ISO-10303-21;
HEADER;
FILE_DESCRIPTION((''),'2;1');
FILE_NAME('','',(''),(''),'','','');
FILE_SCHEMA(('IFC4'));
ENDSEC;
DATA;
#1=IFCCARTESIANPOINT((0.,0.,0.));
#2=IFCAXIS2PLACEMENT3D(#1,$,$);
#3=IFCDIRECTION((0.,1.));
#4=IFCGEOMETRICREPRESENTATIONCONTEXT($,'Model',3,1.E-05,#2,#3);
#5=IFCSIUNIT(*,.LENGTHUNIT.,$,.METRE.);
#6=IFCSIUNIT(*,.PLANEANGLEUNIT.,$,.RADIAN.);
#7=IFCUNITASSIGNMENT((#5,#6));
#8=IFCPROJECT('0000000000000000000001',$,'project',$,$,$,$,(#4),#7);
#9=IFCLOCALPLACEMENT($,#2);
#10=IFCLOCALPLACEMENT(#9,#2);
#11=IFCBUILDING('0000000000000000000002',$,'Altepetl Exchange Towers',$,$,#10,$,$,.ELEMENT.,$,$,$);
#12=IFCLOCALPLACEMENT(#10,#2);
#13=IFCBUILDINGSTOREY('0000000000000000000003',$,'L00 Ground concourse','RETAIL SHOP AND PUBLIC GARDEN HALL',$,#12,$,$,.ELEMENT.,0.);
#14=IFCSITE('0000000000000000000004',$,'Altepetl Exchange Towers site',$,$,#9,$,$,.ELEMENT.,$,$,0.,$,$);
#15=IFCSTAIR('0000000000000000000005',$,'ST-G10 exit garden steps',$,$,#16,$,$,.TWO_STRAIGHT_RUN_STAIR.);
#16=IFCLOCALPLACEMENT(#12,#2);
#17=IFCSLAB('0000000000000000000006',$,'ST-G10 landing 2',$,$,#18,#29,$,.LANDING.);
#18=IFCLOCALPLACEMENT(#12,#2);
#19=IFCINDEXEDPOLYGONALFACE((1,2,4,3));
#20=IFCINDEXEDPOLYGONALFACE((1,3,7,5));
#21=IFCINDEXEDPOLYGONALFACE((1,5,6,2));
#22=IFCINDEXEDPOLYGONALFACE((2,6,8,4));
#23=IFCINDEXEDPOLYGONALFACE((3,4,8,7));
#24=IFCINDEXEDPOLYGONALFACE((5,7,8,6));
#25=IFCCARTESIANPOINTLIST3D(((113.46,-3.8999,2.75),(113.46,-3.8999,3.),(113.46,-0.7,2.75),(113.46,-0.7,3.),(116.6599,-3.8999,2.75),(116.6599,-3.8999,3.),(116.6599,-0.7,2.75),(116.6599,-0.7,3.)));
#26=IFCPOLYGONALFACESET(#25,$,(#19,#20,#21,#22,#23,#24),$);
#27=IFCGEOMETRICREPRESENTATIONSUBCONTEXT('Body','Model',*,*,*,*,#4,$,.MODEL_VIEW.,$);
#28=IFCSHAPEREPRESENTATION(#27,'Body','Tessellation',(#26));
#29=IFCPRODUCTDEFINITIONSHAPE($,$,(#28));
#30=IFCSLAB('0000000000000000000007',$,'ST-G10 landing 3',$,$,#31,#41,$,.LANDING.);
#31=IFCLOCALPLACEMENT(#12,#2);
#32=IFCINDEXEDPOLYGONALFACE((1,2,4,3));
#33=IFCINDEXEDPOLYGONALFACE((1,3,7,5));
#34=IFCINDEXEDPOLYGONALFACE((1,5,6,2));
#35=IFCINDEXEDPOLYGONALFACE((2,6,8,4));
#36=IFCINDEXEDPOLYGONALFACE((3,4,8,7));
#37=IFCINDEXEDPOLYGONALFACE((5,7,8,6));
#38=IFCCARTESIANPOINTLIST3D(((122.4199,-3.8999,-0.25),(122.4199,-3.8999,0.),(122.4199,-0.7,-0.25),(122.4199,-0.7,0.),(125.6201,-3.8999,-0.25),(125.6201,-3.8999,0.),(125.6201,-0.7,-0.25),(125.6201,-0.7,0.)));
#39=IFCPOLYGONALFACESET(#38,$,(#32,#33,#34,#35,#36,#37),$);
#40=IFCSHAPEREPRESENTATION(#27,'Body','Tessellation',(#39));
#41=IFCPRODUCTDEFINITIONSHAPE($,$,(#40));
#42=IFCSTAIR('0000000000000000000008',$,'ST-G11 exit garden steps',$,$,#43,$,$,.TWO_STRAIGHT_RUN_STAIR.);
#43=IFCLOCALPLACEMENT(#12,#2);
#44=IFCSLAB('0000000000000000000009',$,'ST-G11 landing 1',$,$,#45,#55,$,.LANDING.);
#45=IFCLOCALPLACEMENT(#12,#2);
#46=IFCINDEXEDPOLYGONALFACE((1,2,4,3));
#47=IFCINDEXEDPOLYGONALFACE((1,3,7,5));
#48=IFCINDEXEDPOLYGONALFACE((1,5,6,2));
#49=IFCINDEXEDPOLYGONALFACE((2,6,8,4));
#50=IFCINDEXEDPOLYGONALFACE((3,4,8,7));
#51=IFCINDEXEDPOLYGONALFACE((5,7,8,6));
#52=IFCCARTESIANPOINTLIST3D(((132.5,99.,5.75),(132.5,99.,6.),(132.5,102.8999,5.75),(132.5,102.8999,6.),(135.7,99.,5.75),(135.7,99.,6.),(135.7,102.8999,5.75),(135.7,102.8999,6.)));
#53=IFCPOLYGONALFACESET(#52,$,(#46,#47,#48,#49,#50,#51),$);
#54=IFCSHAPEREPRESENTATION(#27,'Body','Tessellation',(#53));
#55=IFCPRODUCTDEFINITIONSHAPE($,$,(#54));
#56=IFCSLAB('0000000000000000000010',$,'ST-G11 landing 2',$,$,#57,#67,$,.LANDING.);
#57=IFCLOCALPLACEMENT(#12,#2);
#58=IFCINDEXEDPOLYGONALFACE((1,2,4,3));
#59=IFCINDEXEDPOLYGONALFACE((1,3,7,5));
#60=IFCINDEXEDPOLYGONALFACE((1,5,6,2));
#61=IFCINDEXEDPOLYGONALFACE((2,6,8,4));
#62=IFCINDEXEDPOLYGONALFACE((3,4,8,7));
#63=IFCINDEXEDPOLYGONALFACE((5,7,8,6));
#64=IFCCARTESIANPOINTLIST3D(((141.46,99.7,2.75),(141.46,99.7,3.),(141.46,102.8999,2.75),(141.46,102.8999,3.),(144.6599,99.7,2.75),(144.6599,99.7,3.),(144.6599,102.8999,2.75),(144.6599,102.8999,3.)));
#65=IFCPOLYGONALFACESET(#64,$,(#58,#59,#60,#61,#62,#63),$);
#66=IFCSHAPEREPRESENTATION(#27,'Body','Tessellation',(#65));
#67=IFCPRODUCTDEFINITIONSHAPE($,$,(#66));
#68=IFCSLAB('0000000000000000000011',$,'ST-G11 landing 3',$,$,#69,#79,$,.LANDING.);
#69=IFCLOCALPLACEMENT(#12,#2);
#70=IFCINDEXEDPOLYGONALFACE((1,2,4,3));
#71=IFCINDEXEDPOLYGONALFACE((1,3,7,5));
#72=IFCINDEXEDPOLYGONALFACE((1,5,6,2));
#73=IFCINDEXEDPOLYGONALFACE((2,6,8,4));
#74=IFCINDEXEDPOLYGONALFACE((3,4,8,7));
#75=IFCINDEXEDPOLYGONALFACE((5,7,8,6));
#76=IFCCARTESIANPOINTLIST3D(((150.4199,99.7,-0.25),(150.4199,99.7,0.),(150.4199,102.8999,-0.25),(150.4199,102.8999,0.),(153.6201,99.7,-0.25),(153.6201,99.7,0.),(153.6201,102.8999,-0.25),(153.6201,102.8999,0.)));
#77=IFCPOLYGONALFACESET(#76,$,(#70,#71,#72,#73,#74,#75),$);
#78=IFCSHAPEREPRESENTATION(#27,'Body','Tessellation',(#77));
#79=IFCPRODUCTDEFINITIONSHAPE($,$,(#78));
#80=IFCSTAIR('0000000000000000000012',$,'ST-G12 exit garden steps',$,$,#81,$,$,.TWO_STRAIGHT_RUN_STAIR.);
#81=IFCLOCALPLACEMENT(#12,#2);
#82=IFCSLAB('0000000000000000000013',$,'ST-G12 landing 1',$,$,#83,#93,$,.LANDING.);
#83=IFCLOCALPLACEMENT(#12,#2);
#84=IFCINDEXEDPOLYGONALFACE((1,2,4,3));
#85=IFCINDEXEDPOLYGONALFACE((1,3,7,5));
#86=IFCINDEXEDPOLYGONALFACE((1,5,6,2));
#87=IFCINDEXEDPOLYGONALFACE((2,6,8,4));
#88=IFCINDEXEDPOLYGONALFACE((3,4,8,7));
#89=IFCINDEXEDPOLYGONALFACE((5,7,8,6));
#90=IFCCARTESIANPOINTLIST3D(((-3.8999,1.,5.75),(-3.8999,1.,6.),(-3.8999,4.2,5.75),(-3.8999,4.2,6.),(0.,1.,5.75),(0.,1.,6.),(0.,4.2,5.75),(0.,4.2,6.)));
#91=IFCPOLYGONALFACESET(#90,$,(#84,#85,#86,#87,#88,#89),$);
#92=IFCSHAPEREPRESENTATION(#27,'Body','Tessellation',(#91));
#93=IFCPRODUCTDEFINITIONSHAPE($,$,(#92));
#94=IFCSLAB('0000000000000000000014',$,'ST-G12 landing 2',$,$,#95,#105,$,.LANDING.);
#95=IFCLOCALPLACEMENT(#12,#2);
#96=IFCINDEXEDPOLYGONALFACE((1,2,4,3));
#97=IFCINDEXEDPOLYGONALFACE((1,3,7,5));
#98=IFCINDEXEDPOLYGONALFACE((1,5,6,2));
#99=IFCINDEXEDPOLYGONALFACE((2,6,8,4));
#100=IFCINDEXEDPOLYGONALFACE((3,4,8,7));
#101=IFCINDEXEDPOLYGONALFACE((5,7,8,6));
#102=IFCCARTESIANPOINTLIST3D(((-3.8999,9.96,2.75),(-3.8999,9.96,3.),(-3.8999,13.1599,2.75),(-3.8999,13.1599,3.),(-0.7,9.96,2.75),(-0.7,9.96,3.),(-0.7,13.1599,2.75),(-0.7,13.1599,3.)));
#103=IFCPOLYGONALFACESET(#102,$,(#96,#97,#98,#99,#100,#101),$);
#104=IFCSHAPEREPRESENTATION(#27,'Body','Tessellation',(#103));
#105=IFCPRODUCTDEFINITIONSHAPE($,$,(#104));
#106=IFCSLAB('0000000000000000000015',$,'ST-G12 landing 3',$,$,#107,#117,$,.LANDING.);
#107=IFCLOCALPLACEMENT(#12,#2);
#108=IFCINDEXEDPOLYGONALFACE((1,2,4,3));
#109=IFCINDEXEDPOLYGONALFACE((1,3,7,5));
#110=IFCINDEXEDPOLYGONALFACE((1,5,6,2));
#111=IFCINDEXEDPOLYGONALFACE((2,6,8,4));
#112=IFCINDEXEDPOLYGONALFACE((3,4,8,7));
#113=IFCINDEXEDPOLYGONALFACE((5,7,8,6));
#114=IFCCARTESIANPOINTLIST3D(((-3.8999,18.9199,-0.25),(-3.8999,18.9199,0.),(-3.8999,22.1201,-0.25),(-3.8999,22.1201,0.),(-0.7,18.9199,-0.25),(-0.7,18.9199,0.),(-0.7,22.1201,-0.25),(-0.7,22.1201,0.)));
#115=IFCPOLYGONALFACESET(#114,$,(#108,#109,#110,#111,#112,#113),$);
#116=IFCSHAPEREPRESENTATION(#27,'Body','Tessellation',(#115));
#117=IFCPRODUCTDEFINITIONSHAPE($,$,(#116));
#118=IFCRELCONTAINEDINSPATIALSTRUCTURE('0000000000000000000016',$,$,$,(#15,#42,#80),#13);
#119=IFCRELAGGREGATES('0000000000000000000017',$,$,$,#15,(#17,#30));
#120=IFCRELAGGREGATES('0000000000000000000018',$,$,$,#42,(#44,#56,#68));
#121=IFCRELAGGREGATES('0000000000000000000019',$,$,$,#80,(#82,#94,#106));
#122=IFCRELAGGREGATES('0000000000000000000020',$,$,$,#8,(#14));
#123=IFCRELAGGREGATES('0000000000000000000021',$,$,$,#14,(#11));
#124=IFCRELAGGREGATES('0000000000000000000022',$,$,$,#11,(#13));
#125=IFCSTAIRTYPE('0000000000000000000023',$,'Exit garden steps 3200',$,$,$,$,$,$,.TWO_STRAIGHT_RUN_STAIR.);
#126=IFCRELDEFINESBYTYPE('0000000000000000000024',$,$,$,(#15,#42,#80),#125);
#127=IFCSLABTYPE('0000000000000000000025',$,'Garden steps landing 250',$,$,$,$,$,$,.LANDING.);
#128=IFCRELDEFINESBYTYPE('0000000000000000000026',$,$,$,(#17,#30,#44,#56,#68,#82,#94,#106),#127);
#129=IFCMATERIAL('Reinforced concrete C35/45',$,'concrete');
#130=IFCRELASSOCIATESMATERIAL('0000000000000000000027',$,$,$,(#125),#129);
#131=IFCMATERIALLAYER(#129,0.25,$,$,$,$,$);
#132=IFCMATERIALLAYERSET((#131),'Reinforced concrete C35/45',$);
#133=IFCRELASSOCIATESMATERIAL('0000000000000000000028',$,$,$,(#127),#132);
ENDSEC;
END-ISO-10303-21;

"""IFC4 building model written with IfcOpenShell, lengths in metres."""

from ifc_helpers import new_model, si_unit, direction, frame, origin, place, context, subcontext, project, spatial, polyline, outline, extrude, material, layer, layer_set, type_object, element, aggregate, save


model = new_model("IFC4")

# Units and contexts
model_context = context("Model", 3, precision=1e-05, world=origin(), true_north=direction((0.0, 1.0)))
body_context = subcontext(model_context, "Body", "Model", "MODEL_VIEW")
ifc_project = project(units=[si_unit("LENGTHUNIT", "METRE"), si_unit("PLANEANGLEUNIT", "RADIAN")], contexts=[model_context])

# Site, building, storey
site_placement = place(None, origin())
site = spatial("IfcSite", under=ifc_project, at=site_placement, Name="Altepetl Exchange Towers site", CompositionType="ELEMENT", RefElevation=0.0)
building_placement = place(site_placement, origin())
building = spatial("IfcBuilding", under=site, at=building_placement, Name="Altepetl Exchange Towers", CompositionType="ELEMENT")
storey_placement = place(building_placement, origin())
storey = spatial("IfcBuildingStorey", under=building, at=storey_placement, Name="L00 Ground concourse", Description="RETAIL SHOP AND PUBLIC GARDEN HALL", CompositionType="ELEMENT", Elevation=0.0)

# Shared definitions
ifc_material_1 = material(Name="Reinforced concrete C35/45", Category="concrete")

# Stairs, slabs
stair_type = type_object("IfcStairType", Name="Exit garden steps 3200", PredefinedType="TWO_STRAIGHT_RUN_STAIR", material=ifc_material_1)
stair_1_placement = place(storey_placement, origin())
stair_1 = element("IfcStair", 1, at=stair_1_placement, inside=storey, type_object=stair_type, Name="ST-G10 exit garden steps", PredefinedType="TWO_STRAIGHT_RUN_STAIR")
ifc_layer_1 = layer(ifc_material_1, 0.25)
ifc_layer_set_1 = layer_set([ifc_layer_1], Name="Reinforced concrete C35/45")
slab_type = type_object("IfcSlabType", Name="Garden steps landing 250", PredefinedType="LANDING", material=ifc_layer_set_1)
slab_1_placement = place(storey_placement, frame((0.0, 0.0, 2.75)))
slab_1 = element("IfcSlab", 2, at=slab_1_placement, type_object=slab_type, Name="ST-G10 landing 2", PredefinedType="LANDING", context=body_context, shape_type="SweptSolid", body=[
    extrude(outline(polyline([(113.46, -0.7), (116.6599, -0.7), (116.6599, -3.8999), (113.46, -3.8999), (113.46, -0.7)])), origin(), (0.0, 0.0, 1.0), 0.25),
])
slab_2_placement = place(storey_placement, frame((0.0, 0.0, -0.25)))
slab_2 = element("IfcSlab", 3, at=slab_2_placement, type_object=slab_type, Name="ST-G10 landing 3", PredefinedType="LANDING", context=body_context, shape_type="SweptSolid", body=[
    extrude(outline(polyline([(122.4199, -0.7), (125.6201, -0.7), (125.6201, -3.8999), (122.4199, -3.8999), (122.4199, -0.7)])), origin(), (0.0, 0.0, 1.0), 0.25),
])
aggregate(stair_1, [slab_1, slab_2])
stair_2_placement = place(storey_placement, origin())
stair_2 = element("IfcStair", 4, at=stair_2_placement, inside=storey, type_object=stair_type, Name="ST-G11 exit garden steps", PredefinedType="TWO_STRAIGHT_RUN_STAIR")
slab_3_placement = place(storey_placement, frame((0.0, 0.0, 5.75)))
slab_3 = element("IfcSlab", 5, at=slab_3_placement, type_object=slab_type, Name="ST-G11 landing 1", PredefinedType="LANDING", context=body_context, shape_type="SweptSolid", body=[
    extrude(outline(polyline([(132.5, 99.0), (135.7, 99.0), (135.7, 102.8999), (132.5, 102.8999), (132.5, 99.0)])), origin(), (0.0, 0.0, 1.0), 0.25),
])
slab_4_placement = place(storey_placement, frame((0.0, 0.0, 2.75)))
slab_4 = element("IfcSlab", 6, at=slab_4_placement, type_object=slab_type, Name="ST-G11 landing 2", PredefinedType="LANDING", context=body_context, shape_type="SweptSolid", body=[
    extrude(outline(polyline([(141.46, 99.7), (144.6599, 99.7), (144.6599, 102.8999), (141.46, 102.8999), (141.46, 99.7)])), origin(), (0.0, 0.0, 1.0), 0.25),
])
slab_5_placement = place(storey_placement, frame((0.0, 0.0, -0.25)))
slab_5 = element("IfcSlab", 7, at=slab_5_placement, type_object=slab_type, Name="ST-G11 landing 3", PredefinedType="LANDING", context=body_context, shape_type="SweptSolid", body=[
    extrude(outline(polyline([(150.4199, 99.7), (153.6201, 99.7), (153.6201, 102.8999), (150.4199, 102.8999), (150.4199, 99.7)])), origin(), (0.0, 0.0, 1.0), 0.25),
])
aggregate(stair_2, [slab_3, slab_4, slab_5])
stair_3_placement = place(storey_placement, origin())
stair_3 = element("IfcStair", 8, at=stair_3_placement, inside=storey, type_object=stair_type, Name="ST-G12 exit garden steps", PredefinedType="TWO_STRAIGHT_RUN_STAIR")
slab_6_placement = place(storey_placement, frame((0.0, 0.0, 5.75)))
slab_6 = element("IfcSlab", 9, at=slab_6_placement, type_object=slab_type, Name="ST-G12 landing 1", PredefinedType="LANDING", context=body_context, shape_type="SweptSolid", body=[
    extrude(outline(polyline([(0.0, 1.0), (0.0, 4.2), (-3.8999, 4.2), (-3.8999, 1.0), (0.0, 1.0)])), origin(), (0.0, 0.0, 1.0), 0.25),
])
slab_7_placement = place(storey_placement, frame((0.0, 0.0, 2.75)))
slab_7 = element("IfcSlab", 10, at=slab_7_placement, type_object=slab_type, Name="ST-G12 landing 2", PredefinedType="LANDING", context=body_context, shape_type="SweptSolid", body=[
    extrude(outline(polyline([(-0.7, 9.96), (-0.7, 13.1599), (-3.8999, 13.1599), (-3.8999, 9.96), (-0.7, 9.96)])), origin(), (0.0, 0.0, 1.0), 0.25),
])
slab_8_placement = place(storey_placement, frame((0.0, 0.0, -0.25)))
slab_8 = element("IfcSlab", 11, at=slab_8_placement, type_object=slab_type, Name="ST-G12 landing 3", PredefinedType="LANDING", context=body_context, shape_type="SweptSolid", body=[
    extrude(outline(polyline([(-0.7, 18.9199), (-0.7, 22.1201), (-3.8999, 22.1201), (-3.8999, 18.9199), (-0.7, 18.9199)])), origin(), (0.0, 0.0, 1.0), 0.25),
])
aggregate(stair_3, [slab_6, slab_7, slab_8])

save(model, "model.ifc")
